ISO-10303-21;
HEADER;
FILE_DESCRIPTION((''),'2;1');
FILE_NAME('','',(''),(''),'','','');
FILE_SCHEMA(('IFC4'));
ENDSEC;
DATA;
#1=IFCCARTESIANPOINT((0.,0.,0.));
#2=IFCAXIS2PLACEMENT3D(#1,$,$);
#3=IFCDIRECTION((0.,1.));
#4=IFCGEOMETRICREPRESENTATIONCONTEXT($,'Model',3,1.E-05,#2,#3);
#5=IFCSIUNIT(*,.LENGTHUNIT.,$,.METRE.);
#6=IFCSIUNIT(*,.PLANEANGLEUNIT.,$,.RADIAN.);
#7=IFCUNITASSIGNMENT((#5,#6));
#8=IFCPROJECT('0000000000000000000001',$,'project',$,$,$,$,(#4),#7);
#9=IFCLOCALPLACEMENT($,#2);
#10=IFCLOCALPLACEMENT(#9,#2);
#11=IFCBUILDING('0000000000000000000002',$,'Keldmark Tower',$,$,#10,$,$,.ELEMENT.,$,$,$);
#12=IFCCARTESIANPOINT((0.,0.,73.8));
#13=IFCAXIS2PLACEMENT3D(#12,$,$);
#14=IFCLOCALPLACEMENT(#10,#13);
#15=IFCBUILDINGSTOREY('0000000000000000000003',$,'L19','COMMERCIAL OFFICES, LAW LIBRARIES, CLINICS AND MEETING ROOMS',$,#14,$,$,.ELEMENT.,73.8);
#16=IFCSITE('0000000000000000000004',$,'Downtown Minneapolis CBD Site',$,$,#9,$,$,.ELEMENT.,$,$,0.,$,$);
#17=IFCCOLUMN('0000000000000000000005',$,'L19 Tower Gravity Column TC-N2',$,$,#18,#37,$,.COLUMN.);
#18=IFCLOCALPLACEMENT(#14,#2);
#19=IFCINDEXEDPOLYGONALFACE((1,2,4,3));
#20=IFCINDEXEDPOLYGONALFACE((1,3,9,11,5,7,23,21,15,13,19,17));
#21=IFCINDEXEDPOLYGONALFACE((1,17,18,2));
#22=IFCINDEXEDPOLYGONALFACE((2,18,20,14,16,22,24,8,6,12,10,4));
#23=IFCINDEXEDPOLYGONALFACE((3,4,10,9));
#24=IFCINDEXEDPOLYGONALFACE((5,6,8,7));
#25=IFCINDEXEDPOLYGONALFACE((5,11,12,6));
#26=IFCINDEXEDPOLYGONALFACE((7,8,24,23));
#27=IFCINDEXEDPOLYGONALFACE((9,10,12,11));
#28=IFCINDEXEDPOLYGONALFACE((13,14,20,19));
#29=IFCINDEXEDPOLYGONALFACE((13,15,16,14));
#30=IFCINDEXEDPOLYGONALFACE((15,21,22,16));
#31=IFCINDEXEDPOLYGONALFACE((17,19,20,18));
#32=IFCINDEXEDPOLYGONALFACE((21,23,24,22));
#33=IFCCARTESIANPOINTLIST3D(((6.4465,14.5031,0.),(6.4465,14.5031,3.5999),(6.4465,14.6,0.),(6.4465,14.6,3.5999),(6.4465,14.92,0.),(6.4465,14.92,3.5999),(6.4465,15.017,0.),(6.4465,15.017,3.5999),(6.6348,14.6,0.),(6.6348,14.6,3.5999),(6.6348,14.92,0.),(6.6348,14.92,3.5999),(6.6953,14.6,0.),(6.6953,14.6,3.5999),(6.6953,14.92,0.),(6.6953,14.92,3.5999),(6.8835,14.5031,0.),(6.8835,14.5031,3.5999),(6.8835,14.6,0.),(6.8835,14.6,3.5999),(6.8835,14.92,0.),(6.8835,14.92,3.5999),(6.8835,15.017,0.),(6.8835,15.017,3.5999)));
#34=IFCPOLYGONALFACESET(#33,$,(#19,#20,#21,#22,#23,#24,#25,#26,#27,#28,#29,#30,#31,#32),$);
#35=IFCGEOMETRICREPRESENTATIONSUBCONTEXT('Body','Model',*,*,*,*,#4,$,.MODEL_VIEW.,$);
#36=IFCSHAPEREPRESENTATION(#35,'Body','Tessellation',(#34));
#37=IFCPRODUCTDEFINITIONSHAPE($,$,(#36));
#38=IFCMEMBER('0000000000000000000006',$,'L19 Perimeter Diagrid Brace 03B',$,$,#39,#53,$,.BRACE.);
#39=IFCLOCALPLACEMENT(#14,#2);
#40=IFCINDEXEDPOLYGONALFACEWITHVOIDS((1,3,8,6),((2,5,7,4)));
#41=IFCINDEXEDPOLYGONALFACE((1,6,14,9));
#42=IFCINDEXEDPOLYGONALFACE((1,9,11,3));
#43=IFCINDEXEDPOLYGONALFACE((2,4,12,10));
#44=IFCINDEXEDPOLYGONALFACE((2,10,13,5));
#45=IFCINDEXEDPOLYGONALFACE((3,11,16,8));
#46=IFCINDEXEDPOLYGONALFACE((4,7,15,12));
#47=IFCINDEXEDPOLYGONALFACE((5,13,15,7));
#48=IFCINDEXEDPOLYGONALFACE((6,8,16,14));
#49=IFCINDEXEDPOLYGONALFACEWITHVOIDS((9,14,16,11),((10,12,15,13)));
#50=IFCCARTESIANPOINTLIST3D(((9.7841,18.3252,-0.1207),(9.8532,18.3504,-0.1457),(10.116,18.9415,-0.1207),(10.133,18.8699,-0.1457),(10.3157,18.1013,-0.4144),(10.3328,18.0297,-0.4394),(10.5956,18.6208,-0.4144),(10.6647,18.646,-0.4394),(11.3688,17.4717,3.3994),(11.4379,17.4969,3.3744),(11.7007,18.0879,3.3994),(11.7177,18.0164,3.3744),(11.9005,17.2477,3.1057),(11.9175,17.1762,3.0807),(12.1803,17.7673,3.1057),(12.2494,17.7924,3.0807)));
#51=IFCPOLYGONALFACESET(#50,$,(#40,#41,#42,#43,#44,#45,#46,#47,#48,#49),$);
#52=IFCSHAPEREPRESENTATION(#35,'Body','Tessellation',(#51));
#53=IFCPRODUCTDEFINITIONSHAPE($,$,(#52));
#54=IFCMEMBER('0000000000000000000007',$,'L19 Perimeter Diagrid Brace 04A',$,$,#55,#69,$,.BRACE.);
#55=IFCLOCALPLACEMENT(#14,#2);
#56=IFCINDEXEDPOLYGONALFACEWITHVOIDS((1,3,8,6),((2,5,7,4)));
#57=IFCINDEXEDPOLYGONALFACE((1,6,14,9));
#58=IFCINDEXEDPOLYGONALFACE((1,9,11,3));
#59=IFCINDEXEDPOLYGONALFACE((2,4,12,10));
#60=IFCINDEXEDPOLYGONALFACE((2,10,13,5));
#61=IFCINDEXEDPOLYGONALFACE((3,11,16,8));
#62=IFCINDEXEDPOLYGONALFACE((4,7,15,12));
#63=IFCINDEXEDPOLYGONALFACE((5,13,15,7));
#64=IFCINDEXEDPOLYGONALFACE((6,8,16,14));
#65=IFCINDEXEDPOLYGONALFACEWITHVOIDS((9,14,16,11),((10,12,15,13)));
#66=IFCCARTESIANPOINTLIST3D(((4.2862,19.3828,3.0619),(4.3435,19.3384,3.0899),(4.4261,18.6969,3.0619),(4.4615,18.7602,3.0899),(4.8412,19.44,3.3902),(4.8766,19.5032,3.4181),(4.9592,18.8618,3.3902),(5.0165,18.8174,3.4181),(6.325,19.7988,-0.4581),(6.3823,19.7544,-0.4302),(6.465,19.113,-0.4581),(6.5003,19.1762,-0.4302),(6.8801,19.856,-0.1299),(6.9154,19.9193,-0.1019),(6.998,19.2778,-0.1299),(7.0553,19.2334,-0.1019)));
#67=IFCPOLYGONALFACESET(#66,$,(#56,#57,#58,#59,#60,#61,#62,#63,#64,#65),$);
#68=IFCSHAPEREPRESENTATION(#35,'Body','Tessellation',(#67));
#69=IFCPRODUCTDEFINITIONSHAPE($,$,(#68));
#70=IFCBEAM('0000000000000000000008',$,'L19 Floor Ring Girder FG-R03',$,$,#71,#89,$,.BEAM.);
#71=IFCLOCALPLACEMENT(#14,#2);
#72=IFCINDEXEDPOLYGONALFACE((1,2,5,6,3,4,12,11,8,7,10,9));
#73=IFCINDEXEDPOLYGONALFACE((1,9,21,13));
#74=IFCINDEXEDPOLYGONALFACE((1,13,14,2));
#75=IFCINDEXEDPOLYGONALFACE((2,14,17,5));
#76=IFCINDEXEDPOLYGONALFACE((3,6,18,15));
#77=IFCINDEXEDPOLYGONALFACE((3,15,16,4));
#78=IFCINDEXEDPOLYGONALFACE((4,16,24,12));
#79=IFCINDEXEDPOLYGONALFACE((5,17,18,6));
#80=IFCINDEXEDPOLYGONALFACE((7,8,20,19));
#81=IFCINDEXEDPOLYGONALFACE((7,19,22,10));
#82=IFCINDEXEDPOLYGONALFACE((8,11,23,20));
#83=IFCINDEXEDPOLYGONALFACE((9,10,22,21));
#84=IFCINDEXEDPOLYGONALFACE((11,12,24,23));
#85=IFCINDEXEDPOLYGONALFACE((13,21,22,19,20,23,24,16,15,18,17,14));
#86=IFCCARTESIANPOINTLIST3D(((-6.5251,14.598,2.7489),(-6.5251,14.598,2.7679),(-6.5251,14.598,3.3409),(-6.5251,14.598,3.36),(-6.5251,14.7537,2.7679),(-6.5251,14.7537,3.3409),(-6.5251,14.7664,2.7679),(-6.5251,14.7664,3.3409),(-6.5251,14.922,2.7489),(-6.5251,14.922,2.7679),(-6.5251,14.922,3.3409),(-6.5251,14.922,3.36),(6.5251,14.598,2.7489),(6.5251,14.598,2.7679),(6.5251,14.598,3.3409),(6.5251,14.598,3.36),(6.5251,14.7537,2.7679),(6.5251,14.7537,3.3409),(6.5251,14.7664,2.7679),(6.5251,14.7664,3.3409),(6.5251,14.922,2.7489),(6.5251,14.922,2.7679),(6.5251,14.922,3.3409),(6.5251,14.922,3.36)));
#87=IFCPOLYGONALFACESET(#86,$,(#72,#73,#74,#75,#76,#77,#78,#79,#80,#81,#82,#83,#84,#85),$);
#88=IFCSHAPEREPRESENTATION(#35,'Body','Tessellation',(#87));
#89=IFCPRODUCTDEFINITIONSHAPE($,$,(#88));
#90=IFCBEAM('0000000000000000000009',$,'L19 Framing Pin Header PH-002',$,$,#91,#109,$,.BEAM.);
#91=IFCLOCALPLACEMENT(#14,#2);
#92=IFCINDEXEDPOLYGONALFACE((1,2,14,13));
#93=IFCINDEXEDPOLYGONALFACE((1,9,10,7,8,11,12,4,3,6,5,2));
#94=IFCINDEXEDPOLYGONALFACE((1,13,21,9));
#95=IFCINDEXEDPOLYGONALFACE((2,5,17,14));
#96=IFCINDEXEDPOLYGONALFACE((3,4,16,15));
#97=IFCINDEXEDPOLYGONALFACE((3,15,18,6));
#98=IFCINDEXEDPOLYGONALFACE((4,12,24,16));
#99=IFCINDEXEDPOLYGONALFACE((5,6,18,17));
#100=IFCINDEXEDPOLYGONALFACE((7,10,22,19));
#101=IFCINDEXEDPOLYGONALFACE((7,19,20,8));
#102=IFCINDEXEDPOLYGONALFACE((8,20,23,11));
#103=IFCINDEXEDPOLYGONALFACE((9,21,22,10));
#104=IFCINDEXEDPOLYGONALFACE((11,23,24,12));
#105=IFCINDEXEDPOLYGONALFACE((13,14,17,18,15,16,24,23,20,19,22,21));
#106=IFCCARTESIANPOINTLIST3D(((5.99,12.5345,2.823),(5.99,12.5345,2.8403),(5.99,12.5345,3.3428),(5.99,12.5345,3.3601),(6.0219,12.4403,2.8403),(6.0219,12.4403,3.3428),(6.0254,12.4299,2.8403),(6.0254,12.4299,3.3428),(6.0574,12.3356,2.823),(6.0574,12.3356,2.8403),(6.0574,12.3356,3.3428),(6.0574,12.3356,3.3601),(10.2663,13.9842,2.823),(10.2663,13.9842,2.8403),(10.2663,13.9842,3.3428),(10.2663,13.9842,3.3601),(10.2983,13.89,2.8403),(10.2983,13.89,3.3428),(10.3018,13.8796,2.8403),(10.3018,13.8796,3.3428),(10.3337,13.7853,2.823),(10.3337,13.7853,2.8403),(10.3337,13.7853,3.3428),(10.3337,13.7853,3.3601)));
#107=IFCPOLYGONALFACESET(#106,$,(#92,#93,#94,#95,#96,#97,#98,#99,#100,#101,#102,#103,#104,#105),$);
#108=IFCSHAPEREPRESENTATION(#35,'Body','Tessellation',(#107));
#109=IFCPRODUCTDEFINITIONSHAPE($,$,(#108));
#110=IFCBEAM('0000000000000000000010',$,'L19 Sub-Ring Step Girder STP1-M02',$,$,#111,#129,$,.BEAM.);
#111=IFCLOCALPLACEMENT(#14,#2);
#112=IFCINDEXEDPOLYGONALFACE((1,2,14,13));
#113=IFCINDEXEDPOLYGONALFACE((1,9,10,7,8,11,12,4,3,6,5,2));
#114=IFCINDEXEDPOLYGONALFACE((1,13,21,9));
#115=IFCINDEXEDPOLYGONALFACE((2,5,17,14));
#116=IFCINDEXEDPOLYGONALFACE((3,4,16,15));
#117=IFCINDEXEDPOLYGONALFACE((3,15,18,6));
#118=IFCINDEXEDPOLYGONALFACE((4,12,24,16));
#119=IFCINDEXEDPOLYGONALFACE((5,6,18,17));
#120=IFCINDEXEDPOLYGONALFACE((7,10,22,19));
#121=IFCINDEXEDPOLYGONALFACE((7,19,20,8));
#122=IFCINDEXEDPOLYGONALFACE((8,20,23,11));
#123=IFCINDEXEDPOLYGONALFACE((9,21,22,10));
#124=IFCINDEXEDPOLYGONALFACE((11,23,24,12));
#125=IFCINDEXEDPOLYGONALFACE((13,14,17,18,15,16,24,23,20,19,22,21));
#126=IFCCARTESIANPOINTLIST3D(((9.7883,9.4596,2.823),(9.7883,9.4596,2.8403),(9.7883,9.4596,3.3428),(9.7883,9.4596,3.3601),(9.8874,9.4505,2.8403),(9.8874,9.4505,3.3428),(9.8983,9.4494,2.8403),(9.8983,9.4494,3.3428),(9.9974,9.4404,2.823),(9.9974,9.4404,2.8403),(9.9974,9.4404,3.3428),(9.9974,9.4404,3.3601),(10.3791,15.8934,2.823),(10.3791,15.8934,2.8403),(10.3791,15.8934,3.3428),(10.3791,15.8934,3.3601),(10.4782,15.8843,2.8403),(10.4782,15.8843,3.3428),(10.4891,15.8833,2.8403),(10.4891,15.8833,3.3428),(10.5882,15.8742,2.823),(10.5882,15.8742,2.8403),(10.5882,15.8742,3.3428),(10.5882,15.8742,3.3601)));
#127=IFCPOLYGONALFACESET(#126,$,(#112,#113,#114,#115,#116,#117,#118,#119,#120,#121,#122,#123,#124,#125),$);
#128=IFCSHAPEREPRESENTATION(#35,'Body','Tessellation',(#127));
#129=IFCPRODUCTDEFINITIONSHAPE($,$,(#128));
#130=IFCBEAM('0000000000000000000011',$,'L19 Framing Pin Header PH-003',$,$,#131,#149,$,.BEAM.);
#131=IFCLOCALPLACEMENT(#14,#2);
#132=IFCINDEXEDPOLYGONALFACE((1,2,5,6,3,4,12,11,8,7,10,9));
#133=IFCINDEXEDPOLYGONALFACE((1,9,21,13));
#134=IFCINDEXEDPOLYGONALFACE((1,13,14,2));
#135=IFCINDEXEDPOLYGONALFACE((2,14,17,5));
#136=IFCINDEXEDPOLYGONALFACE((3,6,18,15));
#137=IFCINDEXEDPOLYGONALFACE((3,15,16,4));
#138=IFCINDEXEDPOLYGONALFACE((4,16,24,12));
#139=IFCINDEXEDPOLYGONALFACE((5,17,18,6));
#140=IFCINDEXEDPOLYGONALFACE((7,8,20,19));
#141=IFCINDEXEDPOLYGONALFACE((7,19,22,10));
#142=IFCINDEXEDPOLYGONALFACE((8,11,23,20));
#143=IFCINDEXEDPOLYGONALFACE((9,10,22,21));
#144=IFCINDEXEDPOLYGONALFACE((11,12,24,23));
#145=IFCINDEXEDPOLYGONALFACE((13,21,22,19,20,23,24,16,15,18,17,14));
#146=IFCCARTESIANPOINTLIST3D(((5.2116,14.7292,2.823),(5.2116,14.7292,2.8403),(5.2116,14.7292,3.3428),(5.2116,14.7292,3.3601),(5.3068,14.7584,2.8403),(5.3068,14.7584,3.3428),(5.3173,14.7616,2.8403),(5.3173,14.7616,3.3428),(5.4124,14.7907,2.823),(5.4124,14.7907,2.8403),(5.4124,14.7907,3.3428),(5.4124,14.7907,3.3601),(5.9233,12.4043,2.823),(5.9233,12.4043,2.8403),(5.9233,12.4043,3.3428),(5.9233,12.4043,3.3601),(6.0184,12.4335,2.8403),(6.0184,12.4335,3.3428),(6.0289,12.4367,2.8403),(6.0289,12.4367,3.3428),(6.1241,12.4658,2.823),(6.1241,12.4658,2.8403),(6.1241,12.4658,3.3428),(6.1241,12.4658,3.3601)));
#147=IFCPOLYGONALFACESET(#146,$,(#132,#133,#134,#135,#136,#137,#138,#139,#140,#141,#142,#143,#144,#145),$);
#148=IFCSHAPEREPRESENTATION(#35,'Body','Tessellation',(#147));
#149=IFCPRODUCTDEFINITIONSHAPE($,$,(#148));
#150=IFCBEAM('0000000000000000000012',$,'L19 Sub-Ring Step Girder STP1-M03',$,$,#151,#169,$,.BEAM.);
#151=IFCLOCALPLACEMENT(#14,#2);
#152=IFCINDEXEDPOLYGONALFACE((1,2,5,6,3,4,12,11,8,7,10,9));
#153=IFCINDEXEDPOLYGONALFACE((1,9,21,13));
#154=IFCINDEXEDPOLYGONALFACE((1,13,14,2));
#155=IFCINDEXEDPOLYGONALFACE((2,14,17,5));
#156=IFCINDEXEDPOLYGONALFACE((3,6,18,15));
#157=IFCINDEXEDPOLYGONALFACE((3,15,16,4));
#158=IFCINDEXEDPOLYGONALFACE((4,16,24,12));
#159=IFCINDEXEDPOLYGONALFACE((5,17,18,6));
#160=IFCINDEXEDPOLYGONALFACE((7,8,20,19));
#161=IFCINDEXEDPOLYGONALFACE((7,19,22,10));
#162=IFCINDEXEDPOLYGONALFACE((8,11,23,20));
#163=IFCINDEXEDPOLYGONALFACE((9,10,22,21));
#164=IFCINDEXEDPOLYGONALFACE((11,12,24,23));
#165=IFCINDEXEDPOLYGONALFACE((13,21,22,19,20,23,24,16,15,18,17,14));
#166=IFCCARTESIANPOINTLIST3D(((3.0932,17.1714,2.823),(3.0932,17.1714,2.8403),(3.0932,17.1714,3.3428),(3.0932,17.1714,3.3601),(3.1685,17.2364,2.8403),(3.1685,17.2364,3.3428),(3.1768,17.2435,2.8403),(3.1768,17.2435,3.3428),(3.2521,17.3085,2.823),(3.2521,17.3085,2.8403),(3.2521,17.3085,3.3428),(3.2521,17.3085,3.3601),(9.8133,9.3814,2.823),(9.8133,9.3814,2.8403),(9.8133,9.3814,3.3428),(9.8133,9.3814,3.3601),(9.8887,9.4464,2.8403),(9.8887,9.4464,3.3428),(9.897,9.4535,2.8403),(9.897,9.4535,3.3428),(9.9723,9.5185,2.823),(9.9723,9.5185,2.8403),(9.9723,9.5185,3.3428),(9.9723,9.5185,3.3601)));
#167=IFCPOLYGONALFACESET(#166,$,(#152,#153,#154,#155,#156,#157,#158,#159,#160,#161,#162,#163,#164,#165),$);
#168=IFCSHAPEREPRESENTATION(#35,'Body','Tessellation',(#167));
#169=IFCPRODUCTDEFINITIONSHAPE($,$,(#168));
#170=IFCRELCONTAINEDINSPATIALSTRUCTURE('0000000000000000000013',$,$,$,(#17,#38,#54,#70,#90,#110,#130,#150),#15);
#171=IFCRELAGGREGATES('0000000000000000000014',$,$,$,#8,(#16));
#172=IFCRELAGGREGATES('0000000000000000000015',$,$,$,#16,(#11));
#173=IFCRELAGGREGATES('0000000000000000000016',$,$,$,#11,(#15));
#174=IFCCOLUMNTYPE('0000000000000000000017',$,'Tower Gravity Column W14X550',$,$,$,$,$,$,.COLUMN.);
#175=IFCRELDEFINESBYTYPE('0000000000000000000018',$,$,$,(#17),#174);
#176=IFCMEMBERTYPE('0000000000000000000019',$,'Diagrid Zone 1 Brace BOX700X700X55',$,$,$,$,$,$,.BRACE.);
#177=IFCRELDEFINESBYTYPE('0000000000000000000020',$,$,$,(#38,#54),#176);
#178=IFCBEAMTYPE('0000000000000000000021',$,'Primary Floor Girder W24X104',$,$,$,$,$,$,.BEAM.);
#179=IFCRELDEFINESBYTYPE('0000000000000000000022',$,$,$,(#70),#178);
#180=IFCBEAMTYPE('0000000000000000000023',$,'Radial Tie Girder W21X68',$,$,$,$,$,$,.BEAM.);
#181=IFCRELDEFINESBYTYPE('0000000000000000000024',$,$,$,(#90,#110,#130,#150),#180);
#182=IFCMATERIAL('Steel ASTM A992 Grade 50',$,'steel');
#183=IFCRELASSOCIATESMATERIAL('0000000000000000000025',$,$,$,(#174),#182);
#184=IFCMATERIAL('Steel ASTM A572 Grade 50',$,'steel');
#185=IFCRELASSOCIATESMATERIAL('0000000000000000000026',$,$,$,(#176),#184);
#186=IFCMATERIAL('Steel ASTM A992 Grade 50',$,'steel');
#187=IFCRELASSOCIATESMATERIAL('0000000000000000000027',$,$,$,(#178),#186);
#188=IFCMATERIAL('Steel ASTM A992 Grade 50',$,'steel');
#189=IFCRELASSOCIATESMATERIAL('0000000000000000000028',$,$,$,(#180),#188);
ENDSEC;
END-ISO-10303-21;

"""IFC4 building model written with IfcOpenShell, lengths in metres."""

from ifc_helpers import new_model, si_unit, direction, frame, origin, origin_2d, place, context, subcontext, project, spatial, hollow_rectangle, i_section, extrude, material, material_profile, profile_set, type_object, element, save


model = new_model("IFC4")

# Units and contexts
model_context = context("Model", 3, precision=1e-05, world=origin(), true_north=direction((0.0, 1.0)))
body_context = subcontext(model_context, "Body", "Model", "MODEL_VIEW")
ifc_project = project(units=[si_unit("LENGTHUNIT", "METRE"), si_unit("PLANEANGLEUNIT", "RADIAN")], contexts=[model_context])

# Site, building, storey
site_placement = place(None, origin())
site = spatial("IfcSite", under=ifc_project, at=site_placement, Name="Downtown Minneapolis CBD Site", CompositionType="ELEMENT", RefElevation=0.0)
building_placement = place(site_placement, origin())
building = spatial("IfcBuilding", under=site, at=building_placement, Name="Keldmark Tower", CompositionType="ELEMENT")
storey_placement = place(building_placement, frame((0.0, 0.0, 73.8)))
storey = spatial("IfcBuildingStorey", under=building, at=storey_placement, Name="L19", Description="COMMERCIAL OFFICES, LAW LIBRARIES, CLINICS AND MEETING ROOMS", CompositionType="ELEMENT", Elevation=73.8)

# Column
ifc_material_1 = material(Name="Steel ASTM A992 Grade 50", Category="steel")
ifc_material_profile_1 = material_profile(ifc_material_1, i_section(OverallWidth=0.437, OverallDepth=0.5139, WebThickness=0.0605, FlangeThickness=0.0969, at=origin_2d()), Name="W14X550")
ifc_profile_set_1 = profile_set([ifc_material_profile_1], Name="Steel ASTM A992 Grade 50")
column_type = type_object("IfcColumnType", Name="Tower Gravity Column W14X550", PredefinedType="COLUMN", material=ifc_profile_set_1)
column_placement = place(storey_placement, frame((6.665, 14.76, 0.0), z_axis=(0.0, 0.0, 1.0), x_axis=(1.0, 0.0, 0.0)))
element("IfcColumn", 1, at=column_placement, inside=storey, type_object=column_type, Name="L19 Tower Gravity Column TC-N2", PredefinedType="COLUMN", context=body_context, shape_type="SweptSolid", body=[
    extrude(i_section(OverallWidth=0.437, OverallDepth=0.5139, WebThickness=0.0605, FlangeThickness=0.0969, at=origin_2d()), origin(), (0.0, 0.0, 1.0), 3.5999),
])

# Members
ifc_material_2 = material(Name="Steel ASTM A572 Grade 50", Category="steel")
ifc_material_profile_2 = material_profile(ifc_material_2, hollow_rectangle(XDim=0.7, YDim=0.7, WallThickness=0.0549, at=origin_2d()), Name="BOX700X700X55")
ifc_profile_set_2 = profile_set([ifc_material_profile_2], Name="Steel ASTM A572 Grade 50")
member_type = type_object("IfcMemberType", Name="Diagrid Zone 1 Brace BOX700X700X55", PredefinedType="BRACE", material=ifc_profile_set_2)
member_1_placement = place(storey_placement, frame((10.2244, 18.4856, -0.28), z_axis=(0.400836, -0.215887, 0.89035), x_axis=(0.474189, 0.880423, 0.0)))
element("IfcMember", 2, at=member_1_placement, inside=storey, type_object=member_type, Name="L19 Perimeter Diagrid Brace 03B", PredefinedType="BRACE", context=body_context, shape_type="SweptSolid", body=[
    extrude(hollow_rectangle(XDim=0.7, YDim=0.7, WallThickness=0.0549, at=origin_2d()), origin(), (0.0, 0.0, 1.0), 3.9536),
])
member_2_placement = place(storey_placement, frame((6.6902, 19.5161, -0.28), z_axis=(-0.498604, -0.101739, 0.860839), x_axis=(0.199928, -0.979811, 0.0)))
element("IfcMember", 3, at=member_2_placement, inside=storey, type_object=member_type, Name="L19 Perimeter Diagrid Brace 04A", PredefinedType="BRACE", context=body_context, shape_type="SweptSolid", body=[
    extrude(hollow_rectangle(XDim=0.7, YDim=0.7, WallThickness=0.0549, at=origin_2d()), origin(), (0.0, 0.0, 1.0), 4.0891),
])

# Beams
ifc_material_3 = material(Name="Steel ASTM A992 Grade 50", Category="steel")
ifc_material_profile_3 = material_profile(ifc_material_3, i_section(OverallWidth=0.324, OverallDepth=0.6111, WebThickness=0.0127, FlangeThickness=0.019, at=origin_2d()), Name="W24X104")
ifc_profile_set_3 = profile_set([ifc_material_profile_3], Name="Steel ASTM A992 Grade 50")
beam_type_1 = type_object("IfcBeamType", Name="Primary Floor Girder W24X104", PredefinedType="BEAM", material=ifc_profile_set_3)
beam_1_placement = place(storey_placement, frame((6.5251, 14.76, 3.0544), z_axis=(-1.0, 0.0, 0.0), x_axis=(0.0, -1.0, 0.0)))
element("IfcBeam", 4, at=beam_1_placement, inside=storey, type_object=beam_type_1, Name="L19 Floor Ring Girder FG-R03", PredefinedType="BEAM", context=body_context, shape_type="SweptSolid", body=[
    extrude(i_section(OverallWidth=0.324, OverallDepth=0.6111, WebThickness=0.0127, FlangeThickness=0.019, at=origin_2d()), origin(), (0.0, 0.0, 1.0), 13.0503),
])
ifc_material_4 = material(Name="Steel ASTM A992 Grade 50", Category="steel")
ifc_material_profile_4 = material_profile(ifc_material_4, i_section(OverallWidth=0.21, OverallDepth=0.5371, WebThickness=0.011, FlangeThickness=0.0173, at=origin_2d()), Name="W21X68")
ifc_profile_set_4 = profile_set([ifc_material_profile_4], Name="Steel ASTM A992 Grade 50")
beam_type_2 = type_object("IfcBeamType", Name="Radial Tie Girder W21X68", PredefinedType="BEAM", material=ifc_profile_set_4)
beam_2_placement = place(storey_placement, frame((6.0237, 12.4351, 3.0916), z_axis=(0.94706, 0.321057, 0.0), x_axis=(-0.321057, 0.94706, 0.0)))
element("IfcBeam", 5, at=beam_2_placement, inside=storey, type_object=beam_type_2, Name="L19 Framing Pin Header PH-002", PredefinedType="BEAM", context=body_context, shape_type="SweptSolid", body=[
    extrude(i_section(OverallWidth=0.21, OverallDepth=0.5371, WebThickness=0.011, FlangeThickness=0.0173, at=origin_2d()), origin(), (0.0, 0.0, 1.0), 4.5154),
])
beam_3_placement = place(storey_placement, frame((9.8928, 9.45, 3.0916), z_axis=(0.091445, 0.99581, 0.0), x_axis=(-0.99581, 0.091445, 0.0)))
element("IfcBeam", 6, at=beam_3_placement, inside=storey, type_object=beam_type_2, Name="L19 Sub-Ring Step Girder STP1-M02", PredefinedType="BEAM", context=body_context, shape_type="SweptSolid", body=[
    extrude(i_section(OverallWidth=0.21, OverallDepth=0.5371, WebThickness=0.011, FlangeThickness=0.0173, at=origin_2d()), origin(), (0.0, 0.0, 1.0), 6.4609),
])
beam_4_placement = place(storey_placement, frame((6.0237, 12.4351, 3.0916), z_axis=(-0.292696, 0.956206, 0.0), x_axis=(-0.956206, -0.292696, 0.0)))
element("IfcBeam", 7, at=beam_4_placement, inside=storey, type_object=beam_type_2, Name="L19 Framing Pin Header PH-003", PredefinedType="BEAM", context=body_context, shape_type="SweptSolid", body=[
    extrude(i_section(OverallWidth=0.21, OverallDepth=0.5371, WebThickness=0.011, FlangeThickness=0.0173, at=origin_2d()), origin(), (0.0, 0.0, 1.0), 2.4314),
])
beam_5_placement = place(storey_placement, frame((9.8928, 9.45, 3.0916), z_axis=(-0.6532, 0.757186, 0.0), x_axis=(-0.757186, -0.6532, 0.0)))
element("IfcBeam", 8, at=beam_5_placement, inside=storey, type_object=beam_type_2, Name="L19 Sub-Ring Step Girder STP1-M03", PredefinedType="BEAM", context=body_context, shape_type="SweptSolid", body=[
    extrude(i_section(OverallWidth=0.21, OverallDepth=0.5371, WebThickness=0.011, FlangeThickness=0.0173, at=origin_2d()), origin(), (0.0, 0.0, 1.0), 10.2881),
])

save(model, "model.ifc")
